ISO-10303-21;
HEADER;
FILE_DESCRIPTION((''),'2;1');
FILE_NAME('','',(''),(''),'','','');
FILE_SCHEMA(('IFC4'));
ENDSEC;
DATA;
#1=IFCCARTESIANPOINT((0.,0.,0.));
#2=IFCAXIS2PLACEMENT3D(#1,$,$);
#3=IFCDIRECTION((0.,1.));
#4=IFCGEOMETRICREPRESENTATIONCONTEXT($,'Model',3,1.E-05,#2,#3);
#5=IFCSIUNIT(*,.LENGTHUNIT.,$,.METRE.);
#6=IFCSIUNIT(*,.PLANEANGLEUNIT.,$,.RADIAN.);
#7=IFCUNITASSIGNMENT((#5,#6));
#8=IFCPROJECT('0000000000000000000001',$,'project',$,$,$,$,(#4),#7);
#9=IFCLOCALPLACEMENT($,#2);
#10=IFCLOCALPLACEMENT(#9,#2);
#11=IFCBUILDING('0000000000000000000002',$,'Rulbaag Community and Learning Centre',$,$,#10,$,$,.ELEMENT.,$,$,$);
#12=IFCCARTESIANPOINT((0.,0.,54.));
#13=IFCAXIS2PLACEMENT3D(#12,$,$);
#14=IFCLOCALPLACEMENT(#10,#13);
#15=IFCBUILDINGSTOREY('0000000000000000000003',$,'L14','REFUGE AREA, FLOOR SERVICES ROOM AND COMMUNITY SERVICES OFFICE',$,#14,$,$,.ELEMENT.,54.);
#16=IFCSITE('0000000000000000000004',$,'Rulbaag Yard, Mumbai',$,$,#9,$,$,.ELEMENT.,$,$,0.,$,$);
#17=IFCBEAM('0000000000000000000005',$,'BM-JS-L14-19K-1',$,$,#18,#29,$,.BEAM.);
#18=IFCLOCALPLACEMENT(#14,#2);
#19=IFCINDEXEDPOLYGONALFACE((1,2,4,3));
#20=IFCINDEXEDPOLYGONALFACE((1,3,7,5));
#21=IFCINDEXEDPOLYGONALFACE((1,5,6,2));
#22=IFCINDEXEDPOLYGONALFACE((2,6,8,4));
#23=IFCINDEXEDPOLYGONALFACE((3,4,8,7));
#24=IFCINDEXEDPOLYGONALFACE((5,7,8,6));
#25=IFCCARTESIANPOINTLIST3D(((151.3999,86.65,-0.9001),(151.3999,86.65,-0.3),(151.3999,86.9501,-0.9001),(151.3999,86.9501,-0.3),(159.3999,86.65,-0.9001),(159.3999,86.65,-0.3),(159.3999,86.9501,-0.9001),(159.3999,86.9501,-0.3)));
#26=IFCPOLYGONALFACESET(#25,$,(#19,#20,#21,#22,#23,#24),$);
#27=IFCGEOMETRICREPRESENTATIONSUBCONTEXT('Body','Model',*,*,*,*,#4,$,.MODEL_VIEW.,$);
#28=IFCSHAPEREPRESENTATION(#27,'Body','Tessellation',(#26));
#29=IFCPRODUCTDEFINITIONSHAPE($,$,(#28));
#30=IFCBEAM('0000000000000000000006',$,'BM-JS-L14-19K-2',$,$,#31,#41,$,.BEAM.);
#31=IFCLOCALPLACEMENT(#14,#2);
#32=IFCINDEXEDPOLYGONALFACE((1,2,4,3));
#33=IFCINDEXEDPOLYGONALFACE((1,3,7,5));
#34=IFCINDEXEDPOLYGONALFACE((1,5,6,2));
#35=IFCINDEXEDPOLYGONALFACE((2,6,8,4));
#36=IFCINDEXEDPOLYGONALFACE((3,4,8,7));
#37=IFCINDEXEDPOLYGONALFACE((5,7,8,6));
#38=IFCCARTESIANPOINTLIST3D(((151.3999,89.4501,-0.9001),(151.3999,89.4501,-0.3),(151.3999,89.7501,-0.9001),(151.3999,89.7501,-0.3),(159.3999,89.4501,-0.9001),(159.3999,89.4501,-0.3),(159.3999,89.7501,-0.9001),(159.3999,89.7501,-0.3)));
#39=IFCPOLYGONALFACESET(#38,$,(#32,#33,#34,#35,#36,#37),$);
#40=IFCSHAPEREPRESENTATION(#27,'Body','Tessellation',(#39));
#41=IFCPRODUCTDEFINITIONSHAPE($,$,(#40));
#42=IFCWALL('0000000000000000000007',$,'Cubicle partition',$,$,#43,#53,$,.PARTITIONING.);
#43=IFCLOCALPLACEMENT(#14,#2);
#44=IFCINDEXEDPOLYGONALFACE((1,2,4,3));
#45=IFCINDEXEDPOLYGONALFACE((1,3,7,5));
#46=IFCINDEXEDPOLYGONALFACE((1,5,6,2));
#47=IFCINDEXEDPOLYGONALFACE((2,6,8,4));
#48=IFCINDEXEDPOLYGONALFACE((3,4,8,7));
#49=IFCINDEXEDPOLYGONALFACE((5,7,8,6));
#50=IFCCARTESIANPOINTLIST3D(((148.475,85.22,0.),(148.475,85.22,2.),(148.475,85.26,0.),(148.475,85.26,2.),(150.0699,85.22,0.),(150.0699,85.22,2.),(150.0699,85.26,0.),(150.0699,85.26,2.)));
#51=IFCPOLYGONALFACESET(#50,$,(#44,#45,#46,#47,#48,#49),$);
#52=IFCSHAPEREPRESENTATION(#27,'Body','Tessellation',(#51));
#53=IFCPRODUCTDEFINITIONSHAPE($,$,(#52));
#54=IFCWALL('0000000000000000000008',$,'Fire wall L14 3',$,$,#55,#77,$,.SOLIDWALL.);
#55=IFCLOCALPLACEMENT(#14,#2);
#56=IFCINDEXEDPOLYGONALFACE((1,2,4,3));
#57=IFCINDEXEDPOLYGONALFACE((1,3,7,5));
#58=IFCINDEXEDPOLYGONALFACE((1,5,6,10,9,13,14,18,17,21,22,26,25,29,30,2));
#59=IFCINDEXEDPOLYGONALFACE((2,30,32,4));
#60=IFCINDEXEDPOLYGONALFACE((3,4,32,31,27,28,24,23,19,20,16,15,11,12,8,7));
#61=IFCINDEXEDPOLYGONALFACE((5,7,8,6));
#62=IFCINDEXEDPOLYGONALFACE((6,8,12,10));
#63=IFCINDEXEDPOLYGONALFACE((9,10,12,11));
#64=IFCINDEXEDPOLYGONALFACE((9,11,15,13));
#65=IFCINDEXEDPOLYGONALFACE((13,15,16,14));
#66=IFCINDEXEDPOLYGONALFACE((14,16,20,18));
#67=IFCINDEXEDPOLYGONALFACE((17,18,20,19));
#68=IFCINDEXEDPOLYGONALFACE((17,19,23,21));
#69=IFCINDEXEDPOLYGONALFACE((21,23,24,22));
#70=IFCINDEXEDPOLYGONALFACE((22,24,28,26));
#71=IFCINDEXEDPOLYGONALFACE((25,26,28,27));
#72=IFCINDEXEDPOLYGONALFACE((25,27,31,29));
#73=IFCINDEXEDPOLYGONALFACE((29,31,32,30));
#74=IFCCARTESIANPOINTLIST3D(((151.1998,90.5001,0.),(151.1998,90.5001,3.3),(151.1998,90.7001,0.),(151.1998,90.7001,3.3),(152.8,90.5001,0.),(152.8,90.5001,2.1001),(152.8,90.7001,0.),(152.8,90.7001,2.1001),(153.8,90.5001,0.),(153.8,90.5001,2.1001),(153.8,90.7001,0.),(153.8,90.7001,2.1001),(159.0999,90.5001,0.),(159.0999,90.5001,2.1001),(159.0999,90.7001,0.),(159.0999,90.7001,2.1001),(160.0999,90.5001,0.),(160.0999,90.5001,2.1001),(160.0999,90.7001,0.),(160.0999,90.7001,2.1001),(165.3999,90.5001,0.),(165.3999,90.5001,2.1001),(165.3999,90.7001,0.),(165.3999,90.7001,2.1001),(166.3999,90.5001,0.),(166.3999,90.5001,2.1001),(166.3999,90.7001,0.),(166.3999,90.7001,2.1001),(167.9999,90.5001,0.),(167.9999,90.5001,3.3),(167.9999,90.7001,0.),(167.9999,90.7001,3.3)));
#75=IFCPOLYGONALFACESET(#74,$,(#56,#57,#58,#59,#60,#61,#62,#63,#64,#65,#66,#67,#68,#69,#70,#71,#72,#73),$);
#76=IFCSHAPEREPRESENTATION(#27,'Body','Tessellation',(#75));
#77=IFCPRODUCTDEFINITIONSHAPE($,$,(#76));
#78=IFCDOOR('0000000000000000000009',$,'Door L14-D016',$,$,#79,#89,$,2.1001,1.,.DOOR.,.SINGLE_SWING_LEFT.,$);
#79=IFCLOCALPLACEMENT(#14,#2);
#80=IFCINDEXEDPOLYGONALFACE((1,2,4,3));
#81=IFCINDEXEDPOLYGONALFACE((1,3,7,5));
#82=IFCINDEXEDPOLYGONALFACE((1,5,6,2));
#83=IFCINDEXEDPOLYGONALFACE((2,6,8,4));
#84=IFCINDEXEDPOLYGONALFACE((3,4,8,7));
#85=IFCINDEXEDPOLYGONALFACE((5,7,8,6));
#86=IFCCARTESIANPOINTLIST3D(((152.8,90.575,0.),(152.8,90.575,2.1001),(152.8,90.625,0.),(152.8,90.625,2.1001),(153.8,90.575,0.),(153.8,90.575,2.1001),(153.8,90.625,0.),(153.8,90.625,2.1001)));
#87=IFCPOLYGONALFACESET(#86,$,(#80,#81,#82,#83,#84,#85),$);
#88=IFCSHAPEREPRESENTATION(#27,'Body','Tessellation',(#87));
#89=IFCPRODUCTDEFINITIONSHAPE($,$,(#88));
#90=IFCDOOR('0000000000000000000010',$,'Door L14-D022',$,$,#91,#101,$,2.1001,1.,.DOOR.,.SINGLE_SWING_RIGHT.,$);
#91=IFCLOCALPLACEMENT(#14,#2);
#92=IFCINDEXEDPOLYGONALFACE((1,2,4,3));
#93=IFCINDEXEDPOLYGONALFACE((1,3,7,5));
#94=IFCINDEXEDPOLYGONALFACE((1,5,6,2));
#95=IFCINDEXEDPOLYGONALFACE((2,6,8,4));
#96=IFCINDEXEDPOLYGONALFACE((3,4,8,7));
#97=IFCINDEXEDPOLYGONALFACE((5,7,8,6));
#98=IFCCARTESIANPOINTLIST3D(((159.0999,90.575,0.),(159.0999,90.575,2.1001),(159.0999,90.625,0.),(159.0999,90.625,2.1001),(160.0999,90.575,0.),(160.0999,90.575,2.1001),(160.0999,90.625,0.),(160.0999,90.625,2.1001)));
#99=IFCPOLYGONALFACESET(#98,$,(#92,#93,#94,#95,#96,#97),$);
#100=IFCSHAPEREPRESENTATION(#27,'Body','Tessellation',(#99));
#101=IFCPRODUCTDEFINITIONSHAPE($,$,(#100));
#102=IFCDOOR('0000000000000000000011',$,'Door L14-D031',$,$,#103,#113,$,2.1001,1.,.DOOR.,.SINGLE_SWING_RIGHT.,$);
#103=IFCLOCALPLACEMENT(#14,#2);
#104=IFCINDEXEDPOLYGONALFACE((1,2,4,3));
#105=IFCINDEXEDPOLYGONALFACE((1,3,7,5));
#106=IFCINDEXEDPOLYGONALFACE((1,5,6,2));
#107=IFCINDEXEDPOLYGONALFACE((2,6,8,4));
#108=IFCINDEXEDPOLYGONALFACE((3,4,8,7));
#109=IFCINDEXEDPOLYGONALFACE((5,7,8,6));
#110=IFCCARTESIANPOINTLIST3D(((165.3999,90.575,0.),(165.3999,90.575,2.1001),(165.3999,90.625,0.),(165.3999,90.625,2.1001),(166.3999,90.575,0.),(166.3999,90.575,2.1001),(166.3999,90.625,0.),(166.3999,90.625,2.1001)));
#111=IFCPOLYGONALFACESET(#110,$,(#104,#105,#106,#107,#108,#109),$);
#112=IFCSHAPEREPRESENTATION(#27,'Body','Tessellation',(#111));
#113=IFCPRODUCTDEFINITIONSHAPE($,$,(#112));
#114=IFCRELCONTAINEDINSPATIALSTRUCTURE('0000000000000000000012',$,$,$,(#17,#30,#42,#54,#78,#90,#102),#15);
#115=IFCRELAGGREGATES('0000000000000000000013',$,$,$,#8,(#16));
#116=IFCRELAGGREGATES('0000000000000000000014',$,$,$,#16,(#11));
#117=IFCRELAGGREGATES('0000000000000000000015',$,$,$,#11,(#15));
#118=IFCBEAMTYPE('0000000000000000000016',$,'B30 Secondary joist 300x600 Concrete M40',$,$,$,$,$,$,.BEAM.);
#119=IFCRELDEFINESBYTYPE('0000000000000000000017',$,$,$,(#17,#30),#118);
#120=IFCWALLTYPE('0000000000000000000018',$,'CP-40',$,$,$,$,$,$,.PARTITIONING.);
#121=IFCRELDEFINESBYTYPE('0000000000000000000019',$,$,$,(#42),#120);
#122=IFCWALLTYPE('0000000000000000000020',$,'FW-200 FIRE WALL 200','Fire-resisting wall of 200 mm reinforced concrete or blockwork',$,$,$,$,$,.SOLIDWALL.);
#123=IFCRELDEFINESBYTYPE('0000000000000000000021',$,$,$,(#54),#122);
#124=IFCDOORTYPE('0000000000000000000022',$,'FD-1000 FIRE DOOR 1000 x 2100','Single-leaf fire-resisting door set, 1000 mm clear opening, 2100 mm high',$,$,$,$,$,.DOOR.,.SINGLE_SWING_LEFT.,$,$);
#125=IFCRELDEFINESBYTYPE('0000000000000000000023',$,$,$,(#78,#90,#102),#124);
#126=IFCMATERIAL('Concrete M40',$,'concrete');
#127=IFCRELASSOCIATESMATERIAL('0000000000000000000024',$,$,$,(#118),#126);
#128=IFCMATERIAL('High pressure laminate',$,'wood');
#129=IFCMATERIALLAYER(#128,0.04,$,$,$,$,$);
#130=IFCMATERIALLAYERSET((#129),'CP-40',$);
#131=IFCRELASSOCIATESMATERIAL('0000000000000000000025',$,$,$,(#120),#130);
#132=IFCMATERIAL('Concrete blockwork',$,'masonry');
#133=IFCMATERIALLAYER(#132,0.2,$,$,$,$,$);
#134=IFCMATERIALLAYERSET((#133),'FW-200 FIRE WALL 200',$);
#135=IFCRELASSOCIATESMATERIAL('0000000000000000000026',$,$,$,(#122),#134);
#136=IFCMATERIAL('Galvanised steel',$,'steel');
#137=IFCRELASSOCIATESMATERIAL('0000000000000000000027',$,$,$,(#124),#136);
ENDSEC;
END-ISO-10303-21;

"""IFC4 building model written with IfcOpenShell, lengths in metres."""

from ifc_helpers import new_model, si_unit, direction, frame, frame_2d, origin, origin_2d, place, context, subcontext, project, spatial, rectangle, extrude, material, layer, layer_set, material_profile, profile_set, type_object, element, fill, save


model = new_model("IFC4")

# Units and contexts
model_context = context("Model", 3, precision=1e-05, world=origin(), true_north=direction((0.0, 1.0)))
body_context = subcontext(model_context, "Body", "Model", "MODEL_VIEW")
ifc_project = project(units=[si_unit("LENGTHUNIT", "METRE"), si_unit("PLANEANGLEUNIT", "RADIAN")], contexts=[model_context])

# Site, building, storey
site_placement = place(None, origin())
site = spatial("IfcSite", under=ifc_project, at=site_placement, Name="Rulbaag Yard, Mumbai", CompositionType="ELEMENT", RefElevation=0.0)
building_placement = place(site_placement, origin())
building = spatial("IfcBuilding", under=site, at=building_placement, Name="Rulbaag Community and Learning Centre", CompositionType="ELEMENT")
storey_placement = place(building_placement, frame((0.0, 0.0, 54.0)))
storey = spatial("IfcBuildingStorey", under=building, at=storey_placement, Name="L14", Description="REFUGE AREA, FLOOR SERVICES ROOM AND COMMUNITY SERVICES OFFICE", CompositionType="ELEMENT", Elevation=54.0)

# Beams
ifc_material_1 = material(Name="Concrete M40", Category="concrete")
ifc_material_profile = material_profile(ifc_material_1, rectangle(XDim=0.3, YDim=0.6001, at=origin_2d()), Name="RB300x600")
ifc_profile_set = profile_set([ifc_material_profile], Name="Concrete M40")
beam_type = type_object("IfcBeamType", Name="B30 Secondary joist 300x600 Concrete M40", PredefinedType="BEAM", material=ifc_profile_set)
for number, where, z_axis, x_axis, name in (
    (1, (151.3999, 86.8, -0.6001), (1.0, 0.0, 0.0), (0.0, 1.0, 0.0), "BM-JS-L14-19K-1"),
    (2, (151.3999, 89.6001, -0.6001), (1.0, 0.0, 0.0), (0.0, 1.0, 0.0), "BM-JS-L14-19K-2"),
):
    element("IfcBeam", number, at=place(storey_placement, frame(where, z_axis=z_axis, x_axis=x_axis)), inside=storey, type_object=beam_type, Name=name, PredefinedType="BEAM", context=body_context, shape_type="SweptSolid", body=[
        extrude(rectangle(XDim=0.3, YDim=0.6001, at=origin_2d()), origin(), (0.0, 0.0, 1.0), 8.0),
    ])

# Wall
ifc_material_2 = material(Name="High pressure laminate", Category="wood")
ifc_layer_1 = layer(ifc_material_2, 0.04)
ifc_layer_set_1 = layer_set([ifc_layer_1], Name="CP-40")
wall_type_1 = type_object("IfcWallType", Name="CP-40", PredefinedType="PARTITIONING", material=ifc_layer_set_1)
wall_1_placement = place(storey_placement, frame((148.4751, 85.24, 0.0), z_axis=(0.0, 0.0, 1.0), x_axis=(1.0, 0.0, 0.0)))
element("IfcWall", 3, at=wall_1_placement, inside=storey, type_object=wall_type_1, Name="Cubicle partition", PredefinedType="PARTITIONING", context=body_context, shape_type="SweptSolid", body=[
    extrude(rectangle(XDim=1.595, YDim=0.04, at=frame_2d((0.7974, 0.0))), origin(), (0.0, 0.0, 1.0), 2.0),
])

# Wall, openings, doors
ifc_material_3 = material(Name="Concrete blockwork", Category="masonry")
ifc_layer_2 = layer(ifc_material_3, 0.2)
ifc_layer_set_2 = layer_set([ifc_layer_2], Name="FW-200 FIRE WALL 200")
wall_type_2 = type_object("IfcWallType", Name="FW-200 FIRE WALL 200", Description="Fire-resisting wall of 200 mm reinforced concrete or blockwork", PredefinedType="SOLIDWALL", material=ifc_layer_set_2)
wall_2_placement = place(storey_placement, frame((151.2, 90.6001, 0.0), z_axis=(0.0, 0.0, 1.0), x_axis=(1.0, 0.0, 0.0)))
wall_2 = element("IfcWall", 4, at=wall_2_placement, inside=storey, type_object=wall_type_2, Name="Fire wall L14 3", PredefinedType="SOLIDWALL", context=body_context, shape_type="SweptSolid", body=[
    extrude(rectangle(XDim=16.8, YDim=0.2, at=frame_2d((8.3999, 0.0))), origin(), (0.0, 0.0, 1.0), 3.3),
])
opening_1_placement = place(wall_2_placement, frame((1.6001, 0.0, 0.0)))
opening_1 = element("IfcOpeningElement", 5, at=opening_1_placement, cuts=wall_2, PredefinedType="OPENING", context=body_context, shape_type="SweptSolid", body=[
    extrude(rectangle(XDim=1.0, YDim=2.1001, at=frame_2d((0.5, 1.05))), frame((0.0, 0.1099, 0.0), z_axis=(0.0, -1.0, 0.0), x_axis=(1.0, 0.0, 0.0)), (0.0, 0.0, 1.0), 0.22),
])
opening_2_placement = place(wall_2_placement, frame((7.8999, 0.0, 0.0)))
opening_2 = element("IfcOpeningElement", 6, at=opening_2_placement, cuts=wall_2, PredefinedType="OPENING", context=body_context, shape_type="SweptSolid", body=[
    extrude(rectangle(XDim=1.0, YDim=2.1001, at=frame_2d((0.5, 1.05))), frame((0.0, 0.1099, 0.0), z_axis=(0.0, -1.0, 0.0), x_axis=(1.0, 0.0, 0.0)), (0.0, 0.0, 1.0), 0.22),
])
opening_3_placement = place(wall_2_placement, frame((14.2, 0.0, 0.0)))
opening_3 = element("IfcOpeningElement", 7, at=opening_3_placement, cuts=wall_2, PredefinedType="OPENING", context=body_context, shape_type="SweptSolid", body=[
    extrude(rectangle(XDim=1.0, YDim=2.1001, at=frame_2d((0.5, 1.05))), frame((0.0, 0.1099, 0.0), z_axis=(0.0, -1.0, 0.0), x_axis=(1.0, 0.0, 0.0)), (0.0, 0.0, 1.0), 0.22),
])
ifc_material_4 = material(Name="Galvanised steel", Category="steel")
door_type_1 = type_object("IfcDoorType", Name="FD-1000 FIRE DOOR 1000 x 2100", Description="Single-leaf fire-resisting door set, 1000 mm clear opening, 2100 mm high", OperationType="SINGLE_SWING_LEFT", PredefinedType="DOOR", material=ifc_material_4)
door_1_placement = place(opening_1_placement, origin())
door_1 = element("IfcDoor", 8, at=door_1_placement, inside=storey, type_object=door_type_1, Name="Door L14-D016", OperationType="SINGLE_SWING_LEFT", OverallHeight=2.1001, OverallWidth=1.0, PredefinedType="DOOR", context=body_context, shape_type="SweptSolid", body=[
    extrude(rectangle(XDim=1.0, YDim=2.1001, at=frame_2d((0.5, 1.05))), frame((0.0, 0.0249, 0.0), z_axis=(0.0, -1.0, 0.0), x_axis=(1.0, 0.0, 0.0)), (0.0, 0.0, 1.0), 0.05),
])
fill(opening_1, door_1)
door_2_placement = place(opening_2_placement, origin())
door_2 = element("IfcDoor", 9, at=door_2_placement, inside=storey, type_object=door_type_1, Name="Door L14-D022", OperationType="SINGLE_SWING_RIGHT", OverallHeight=2.1001, OverallWidth=1.0, PredefinedType="DOOR", context=body_context, shape_type="SweptSolid", body=[
    extrude(rectangle(XDim=1.0, YDim=2.1001, at=frame_2d((0.5, 1.05))), frame((0.0, 0.0249, 0.0), z_axis=(0.0, -1.0, 0.0), x_axis=(1.0, 0.0, 0.0)), (0.0, 0.0, 1.0), 0.05),
])
fill(opening_2, door_2)
door_3_placement = place(opening_3_placement, origin())
door_3 = element("IfcDoor", 10, at=door_3_placement, inside=storey, type_object=door_type_1, Name="Door L14-D031", OperationType="SINGLE_SWING_RIGHT", OverallHeight=2.1001, OverallWidth=1.0, PredefinedType="DOOR", context=body_context, shape_type="SweptSolid", body=[
    extrude(rectangle(XDim=1.0, YDim=2.1001, at=frame_2d((0.5, 1.05))), frame((0.0, 0.0249, 0.0), z_axis=(0.0, -1.0, 0.0), x_axis=(1.0, 0.0, 0.0)), (0.0, 0.0, 1.0), 0.05),
])
fill(opening_3, door_3)

save(model, "model.ifc")
